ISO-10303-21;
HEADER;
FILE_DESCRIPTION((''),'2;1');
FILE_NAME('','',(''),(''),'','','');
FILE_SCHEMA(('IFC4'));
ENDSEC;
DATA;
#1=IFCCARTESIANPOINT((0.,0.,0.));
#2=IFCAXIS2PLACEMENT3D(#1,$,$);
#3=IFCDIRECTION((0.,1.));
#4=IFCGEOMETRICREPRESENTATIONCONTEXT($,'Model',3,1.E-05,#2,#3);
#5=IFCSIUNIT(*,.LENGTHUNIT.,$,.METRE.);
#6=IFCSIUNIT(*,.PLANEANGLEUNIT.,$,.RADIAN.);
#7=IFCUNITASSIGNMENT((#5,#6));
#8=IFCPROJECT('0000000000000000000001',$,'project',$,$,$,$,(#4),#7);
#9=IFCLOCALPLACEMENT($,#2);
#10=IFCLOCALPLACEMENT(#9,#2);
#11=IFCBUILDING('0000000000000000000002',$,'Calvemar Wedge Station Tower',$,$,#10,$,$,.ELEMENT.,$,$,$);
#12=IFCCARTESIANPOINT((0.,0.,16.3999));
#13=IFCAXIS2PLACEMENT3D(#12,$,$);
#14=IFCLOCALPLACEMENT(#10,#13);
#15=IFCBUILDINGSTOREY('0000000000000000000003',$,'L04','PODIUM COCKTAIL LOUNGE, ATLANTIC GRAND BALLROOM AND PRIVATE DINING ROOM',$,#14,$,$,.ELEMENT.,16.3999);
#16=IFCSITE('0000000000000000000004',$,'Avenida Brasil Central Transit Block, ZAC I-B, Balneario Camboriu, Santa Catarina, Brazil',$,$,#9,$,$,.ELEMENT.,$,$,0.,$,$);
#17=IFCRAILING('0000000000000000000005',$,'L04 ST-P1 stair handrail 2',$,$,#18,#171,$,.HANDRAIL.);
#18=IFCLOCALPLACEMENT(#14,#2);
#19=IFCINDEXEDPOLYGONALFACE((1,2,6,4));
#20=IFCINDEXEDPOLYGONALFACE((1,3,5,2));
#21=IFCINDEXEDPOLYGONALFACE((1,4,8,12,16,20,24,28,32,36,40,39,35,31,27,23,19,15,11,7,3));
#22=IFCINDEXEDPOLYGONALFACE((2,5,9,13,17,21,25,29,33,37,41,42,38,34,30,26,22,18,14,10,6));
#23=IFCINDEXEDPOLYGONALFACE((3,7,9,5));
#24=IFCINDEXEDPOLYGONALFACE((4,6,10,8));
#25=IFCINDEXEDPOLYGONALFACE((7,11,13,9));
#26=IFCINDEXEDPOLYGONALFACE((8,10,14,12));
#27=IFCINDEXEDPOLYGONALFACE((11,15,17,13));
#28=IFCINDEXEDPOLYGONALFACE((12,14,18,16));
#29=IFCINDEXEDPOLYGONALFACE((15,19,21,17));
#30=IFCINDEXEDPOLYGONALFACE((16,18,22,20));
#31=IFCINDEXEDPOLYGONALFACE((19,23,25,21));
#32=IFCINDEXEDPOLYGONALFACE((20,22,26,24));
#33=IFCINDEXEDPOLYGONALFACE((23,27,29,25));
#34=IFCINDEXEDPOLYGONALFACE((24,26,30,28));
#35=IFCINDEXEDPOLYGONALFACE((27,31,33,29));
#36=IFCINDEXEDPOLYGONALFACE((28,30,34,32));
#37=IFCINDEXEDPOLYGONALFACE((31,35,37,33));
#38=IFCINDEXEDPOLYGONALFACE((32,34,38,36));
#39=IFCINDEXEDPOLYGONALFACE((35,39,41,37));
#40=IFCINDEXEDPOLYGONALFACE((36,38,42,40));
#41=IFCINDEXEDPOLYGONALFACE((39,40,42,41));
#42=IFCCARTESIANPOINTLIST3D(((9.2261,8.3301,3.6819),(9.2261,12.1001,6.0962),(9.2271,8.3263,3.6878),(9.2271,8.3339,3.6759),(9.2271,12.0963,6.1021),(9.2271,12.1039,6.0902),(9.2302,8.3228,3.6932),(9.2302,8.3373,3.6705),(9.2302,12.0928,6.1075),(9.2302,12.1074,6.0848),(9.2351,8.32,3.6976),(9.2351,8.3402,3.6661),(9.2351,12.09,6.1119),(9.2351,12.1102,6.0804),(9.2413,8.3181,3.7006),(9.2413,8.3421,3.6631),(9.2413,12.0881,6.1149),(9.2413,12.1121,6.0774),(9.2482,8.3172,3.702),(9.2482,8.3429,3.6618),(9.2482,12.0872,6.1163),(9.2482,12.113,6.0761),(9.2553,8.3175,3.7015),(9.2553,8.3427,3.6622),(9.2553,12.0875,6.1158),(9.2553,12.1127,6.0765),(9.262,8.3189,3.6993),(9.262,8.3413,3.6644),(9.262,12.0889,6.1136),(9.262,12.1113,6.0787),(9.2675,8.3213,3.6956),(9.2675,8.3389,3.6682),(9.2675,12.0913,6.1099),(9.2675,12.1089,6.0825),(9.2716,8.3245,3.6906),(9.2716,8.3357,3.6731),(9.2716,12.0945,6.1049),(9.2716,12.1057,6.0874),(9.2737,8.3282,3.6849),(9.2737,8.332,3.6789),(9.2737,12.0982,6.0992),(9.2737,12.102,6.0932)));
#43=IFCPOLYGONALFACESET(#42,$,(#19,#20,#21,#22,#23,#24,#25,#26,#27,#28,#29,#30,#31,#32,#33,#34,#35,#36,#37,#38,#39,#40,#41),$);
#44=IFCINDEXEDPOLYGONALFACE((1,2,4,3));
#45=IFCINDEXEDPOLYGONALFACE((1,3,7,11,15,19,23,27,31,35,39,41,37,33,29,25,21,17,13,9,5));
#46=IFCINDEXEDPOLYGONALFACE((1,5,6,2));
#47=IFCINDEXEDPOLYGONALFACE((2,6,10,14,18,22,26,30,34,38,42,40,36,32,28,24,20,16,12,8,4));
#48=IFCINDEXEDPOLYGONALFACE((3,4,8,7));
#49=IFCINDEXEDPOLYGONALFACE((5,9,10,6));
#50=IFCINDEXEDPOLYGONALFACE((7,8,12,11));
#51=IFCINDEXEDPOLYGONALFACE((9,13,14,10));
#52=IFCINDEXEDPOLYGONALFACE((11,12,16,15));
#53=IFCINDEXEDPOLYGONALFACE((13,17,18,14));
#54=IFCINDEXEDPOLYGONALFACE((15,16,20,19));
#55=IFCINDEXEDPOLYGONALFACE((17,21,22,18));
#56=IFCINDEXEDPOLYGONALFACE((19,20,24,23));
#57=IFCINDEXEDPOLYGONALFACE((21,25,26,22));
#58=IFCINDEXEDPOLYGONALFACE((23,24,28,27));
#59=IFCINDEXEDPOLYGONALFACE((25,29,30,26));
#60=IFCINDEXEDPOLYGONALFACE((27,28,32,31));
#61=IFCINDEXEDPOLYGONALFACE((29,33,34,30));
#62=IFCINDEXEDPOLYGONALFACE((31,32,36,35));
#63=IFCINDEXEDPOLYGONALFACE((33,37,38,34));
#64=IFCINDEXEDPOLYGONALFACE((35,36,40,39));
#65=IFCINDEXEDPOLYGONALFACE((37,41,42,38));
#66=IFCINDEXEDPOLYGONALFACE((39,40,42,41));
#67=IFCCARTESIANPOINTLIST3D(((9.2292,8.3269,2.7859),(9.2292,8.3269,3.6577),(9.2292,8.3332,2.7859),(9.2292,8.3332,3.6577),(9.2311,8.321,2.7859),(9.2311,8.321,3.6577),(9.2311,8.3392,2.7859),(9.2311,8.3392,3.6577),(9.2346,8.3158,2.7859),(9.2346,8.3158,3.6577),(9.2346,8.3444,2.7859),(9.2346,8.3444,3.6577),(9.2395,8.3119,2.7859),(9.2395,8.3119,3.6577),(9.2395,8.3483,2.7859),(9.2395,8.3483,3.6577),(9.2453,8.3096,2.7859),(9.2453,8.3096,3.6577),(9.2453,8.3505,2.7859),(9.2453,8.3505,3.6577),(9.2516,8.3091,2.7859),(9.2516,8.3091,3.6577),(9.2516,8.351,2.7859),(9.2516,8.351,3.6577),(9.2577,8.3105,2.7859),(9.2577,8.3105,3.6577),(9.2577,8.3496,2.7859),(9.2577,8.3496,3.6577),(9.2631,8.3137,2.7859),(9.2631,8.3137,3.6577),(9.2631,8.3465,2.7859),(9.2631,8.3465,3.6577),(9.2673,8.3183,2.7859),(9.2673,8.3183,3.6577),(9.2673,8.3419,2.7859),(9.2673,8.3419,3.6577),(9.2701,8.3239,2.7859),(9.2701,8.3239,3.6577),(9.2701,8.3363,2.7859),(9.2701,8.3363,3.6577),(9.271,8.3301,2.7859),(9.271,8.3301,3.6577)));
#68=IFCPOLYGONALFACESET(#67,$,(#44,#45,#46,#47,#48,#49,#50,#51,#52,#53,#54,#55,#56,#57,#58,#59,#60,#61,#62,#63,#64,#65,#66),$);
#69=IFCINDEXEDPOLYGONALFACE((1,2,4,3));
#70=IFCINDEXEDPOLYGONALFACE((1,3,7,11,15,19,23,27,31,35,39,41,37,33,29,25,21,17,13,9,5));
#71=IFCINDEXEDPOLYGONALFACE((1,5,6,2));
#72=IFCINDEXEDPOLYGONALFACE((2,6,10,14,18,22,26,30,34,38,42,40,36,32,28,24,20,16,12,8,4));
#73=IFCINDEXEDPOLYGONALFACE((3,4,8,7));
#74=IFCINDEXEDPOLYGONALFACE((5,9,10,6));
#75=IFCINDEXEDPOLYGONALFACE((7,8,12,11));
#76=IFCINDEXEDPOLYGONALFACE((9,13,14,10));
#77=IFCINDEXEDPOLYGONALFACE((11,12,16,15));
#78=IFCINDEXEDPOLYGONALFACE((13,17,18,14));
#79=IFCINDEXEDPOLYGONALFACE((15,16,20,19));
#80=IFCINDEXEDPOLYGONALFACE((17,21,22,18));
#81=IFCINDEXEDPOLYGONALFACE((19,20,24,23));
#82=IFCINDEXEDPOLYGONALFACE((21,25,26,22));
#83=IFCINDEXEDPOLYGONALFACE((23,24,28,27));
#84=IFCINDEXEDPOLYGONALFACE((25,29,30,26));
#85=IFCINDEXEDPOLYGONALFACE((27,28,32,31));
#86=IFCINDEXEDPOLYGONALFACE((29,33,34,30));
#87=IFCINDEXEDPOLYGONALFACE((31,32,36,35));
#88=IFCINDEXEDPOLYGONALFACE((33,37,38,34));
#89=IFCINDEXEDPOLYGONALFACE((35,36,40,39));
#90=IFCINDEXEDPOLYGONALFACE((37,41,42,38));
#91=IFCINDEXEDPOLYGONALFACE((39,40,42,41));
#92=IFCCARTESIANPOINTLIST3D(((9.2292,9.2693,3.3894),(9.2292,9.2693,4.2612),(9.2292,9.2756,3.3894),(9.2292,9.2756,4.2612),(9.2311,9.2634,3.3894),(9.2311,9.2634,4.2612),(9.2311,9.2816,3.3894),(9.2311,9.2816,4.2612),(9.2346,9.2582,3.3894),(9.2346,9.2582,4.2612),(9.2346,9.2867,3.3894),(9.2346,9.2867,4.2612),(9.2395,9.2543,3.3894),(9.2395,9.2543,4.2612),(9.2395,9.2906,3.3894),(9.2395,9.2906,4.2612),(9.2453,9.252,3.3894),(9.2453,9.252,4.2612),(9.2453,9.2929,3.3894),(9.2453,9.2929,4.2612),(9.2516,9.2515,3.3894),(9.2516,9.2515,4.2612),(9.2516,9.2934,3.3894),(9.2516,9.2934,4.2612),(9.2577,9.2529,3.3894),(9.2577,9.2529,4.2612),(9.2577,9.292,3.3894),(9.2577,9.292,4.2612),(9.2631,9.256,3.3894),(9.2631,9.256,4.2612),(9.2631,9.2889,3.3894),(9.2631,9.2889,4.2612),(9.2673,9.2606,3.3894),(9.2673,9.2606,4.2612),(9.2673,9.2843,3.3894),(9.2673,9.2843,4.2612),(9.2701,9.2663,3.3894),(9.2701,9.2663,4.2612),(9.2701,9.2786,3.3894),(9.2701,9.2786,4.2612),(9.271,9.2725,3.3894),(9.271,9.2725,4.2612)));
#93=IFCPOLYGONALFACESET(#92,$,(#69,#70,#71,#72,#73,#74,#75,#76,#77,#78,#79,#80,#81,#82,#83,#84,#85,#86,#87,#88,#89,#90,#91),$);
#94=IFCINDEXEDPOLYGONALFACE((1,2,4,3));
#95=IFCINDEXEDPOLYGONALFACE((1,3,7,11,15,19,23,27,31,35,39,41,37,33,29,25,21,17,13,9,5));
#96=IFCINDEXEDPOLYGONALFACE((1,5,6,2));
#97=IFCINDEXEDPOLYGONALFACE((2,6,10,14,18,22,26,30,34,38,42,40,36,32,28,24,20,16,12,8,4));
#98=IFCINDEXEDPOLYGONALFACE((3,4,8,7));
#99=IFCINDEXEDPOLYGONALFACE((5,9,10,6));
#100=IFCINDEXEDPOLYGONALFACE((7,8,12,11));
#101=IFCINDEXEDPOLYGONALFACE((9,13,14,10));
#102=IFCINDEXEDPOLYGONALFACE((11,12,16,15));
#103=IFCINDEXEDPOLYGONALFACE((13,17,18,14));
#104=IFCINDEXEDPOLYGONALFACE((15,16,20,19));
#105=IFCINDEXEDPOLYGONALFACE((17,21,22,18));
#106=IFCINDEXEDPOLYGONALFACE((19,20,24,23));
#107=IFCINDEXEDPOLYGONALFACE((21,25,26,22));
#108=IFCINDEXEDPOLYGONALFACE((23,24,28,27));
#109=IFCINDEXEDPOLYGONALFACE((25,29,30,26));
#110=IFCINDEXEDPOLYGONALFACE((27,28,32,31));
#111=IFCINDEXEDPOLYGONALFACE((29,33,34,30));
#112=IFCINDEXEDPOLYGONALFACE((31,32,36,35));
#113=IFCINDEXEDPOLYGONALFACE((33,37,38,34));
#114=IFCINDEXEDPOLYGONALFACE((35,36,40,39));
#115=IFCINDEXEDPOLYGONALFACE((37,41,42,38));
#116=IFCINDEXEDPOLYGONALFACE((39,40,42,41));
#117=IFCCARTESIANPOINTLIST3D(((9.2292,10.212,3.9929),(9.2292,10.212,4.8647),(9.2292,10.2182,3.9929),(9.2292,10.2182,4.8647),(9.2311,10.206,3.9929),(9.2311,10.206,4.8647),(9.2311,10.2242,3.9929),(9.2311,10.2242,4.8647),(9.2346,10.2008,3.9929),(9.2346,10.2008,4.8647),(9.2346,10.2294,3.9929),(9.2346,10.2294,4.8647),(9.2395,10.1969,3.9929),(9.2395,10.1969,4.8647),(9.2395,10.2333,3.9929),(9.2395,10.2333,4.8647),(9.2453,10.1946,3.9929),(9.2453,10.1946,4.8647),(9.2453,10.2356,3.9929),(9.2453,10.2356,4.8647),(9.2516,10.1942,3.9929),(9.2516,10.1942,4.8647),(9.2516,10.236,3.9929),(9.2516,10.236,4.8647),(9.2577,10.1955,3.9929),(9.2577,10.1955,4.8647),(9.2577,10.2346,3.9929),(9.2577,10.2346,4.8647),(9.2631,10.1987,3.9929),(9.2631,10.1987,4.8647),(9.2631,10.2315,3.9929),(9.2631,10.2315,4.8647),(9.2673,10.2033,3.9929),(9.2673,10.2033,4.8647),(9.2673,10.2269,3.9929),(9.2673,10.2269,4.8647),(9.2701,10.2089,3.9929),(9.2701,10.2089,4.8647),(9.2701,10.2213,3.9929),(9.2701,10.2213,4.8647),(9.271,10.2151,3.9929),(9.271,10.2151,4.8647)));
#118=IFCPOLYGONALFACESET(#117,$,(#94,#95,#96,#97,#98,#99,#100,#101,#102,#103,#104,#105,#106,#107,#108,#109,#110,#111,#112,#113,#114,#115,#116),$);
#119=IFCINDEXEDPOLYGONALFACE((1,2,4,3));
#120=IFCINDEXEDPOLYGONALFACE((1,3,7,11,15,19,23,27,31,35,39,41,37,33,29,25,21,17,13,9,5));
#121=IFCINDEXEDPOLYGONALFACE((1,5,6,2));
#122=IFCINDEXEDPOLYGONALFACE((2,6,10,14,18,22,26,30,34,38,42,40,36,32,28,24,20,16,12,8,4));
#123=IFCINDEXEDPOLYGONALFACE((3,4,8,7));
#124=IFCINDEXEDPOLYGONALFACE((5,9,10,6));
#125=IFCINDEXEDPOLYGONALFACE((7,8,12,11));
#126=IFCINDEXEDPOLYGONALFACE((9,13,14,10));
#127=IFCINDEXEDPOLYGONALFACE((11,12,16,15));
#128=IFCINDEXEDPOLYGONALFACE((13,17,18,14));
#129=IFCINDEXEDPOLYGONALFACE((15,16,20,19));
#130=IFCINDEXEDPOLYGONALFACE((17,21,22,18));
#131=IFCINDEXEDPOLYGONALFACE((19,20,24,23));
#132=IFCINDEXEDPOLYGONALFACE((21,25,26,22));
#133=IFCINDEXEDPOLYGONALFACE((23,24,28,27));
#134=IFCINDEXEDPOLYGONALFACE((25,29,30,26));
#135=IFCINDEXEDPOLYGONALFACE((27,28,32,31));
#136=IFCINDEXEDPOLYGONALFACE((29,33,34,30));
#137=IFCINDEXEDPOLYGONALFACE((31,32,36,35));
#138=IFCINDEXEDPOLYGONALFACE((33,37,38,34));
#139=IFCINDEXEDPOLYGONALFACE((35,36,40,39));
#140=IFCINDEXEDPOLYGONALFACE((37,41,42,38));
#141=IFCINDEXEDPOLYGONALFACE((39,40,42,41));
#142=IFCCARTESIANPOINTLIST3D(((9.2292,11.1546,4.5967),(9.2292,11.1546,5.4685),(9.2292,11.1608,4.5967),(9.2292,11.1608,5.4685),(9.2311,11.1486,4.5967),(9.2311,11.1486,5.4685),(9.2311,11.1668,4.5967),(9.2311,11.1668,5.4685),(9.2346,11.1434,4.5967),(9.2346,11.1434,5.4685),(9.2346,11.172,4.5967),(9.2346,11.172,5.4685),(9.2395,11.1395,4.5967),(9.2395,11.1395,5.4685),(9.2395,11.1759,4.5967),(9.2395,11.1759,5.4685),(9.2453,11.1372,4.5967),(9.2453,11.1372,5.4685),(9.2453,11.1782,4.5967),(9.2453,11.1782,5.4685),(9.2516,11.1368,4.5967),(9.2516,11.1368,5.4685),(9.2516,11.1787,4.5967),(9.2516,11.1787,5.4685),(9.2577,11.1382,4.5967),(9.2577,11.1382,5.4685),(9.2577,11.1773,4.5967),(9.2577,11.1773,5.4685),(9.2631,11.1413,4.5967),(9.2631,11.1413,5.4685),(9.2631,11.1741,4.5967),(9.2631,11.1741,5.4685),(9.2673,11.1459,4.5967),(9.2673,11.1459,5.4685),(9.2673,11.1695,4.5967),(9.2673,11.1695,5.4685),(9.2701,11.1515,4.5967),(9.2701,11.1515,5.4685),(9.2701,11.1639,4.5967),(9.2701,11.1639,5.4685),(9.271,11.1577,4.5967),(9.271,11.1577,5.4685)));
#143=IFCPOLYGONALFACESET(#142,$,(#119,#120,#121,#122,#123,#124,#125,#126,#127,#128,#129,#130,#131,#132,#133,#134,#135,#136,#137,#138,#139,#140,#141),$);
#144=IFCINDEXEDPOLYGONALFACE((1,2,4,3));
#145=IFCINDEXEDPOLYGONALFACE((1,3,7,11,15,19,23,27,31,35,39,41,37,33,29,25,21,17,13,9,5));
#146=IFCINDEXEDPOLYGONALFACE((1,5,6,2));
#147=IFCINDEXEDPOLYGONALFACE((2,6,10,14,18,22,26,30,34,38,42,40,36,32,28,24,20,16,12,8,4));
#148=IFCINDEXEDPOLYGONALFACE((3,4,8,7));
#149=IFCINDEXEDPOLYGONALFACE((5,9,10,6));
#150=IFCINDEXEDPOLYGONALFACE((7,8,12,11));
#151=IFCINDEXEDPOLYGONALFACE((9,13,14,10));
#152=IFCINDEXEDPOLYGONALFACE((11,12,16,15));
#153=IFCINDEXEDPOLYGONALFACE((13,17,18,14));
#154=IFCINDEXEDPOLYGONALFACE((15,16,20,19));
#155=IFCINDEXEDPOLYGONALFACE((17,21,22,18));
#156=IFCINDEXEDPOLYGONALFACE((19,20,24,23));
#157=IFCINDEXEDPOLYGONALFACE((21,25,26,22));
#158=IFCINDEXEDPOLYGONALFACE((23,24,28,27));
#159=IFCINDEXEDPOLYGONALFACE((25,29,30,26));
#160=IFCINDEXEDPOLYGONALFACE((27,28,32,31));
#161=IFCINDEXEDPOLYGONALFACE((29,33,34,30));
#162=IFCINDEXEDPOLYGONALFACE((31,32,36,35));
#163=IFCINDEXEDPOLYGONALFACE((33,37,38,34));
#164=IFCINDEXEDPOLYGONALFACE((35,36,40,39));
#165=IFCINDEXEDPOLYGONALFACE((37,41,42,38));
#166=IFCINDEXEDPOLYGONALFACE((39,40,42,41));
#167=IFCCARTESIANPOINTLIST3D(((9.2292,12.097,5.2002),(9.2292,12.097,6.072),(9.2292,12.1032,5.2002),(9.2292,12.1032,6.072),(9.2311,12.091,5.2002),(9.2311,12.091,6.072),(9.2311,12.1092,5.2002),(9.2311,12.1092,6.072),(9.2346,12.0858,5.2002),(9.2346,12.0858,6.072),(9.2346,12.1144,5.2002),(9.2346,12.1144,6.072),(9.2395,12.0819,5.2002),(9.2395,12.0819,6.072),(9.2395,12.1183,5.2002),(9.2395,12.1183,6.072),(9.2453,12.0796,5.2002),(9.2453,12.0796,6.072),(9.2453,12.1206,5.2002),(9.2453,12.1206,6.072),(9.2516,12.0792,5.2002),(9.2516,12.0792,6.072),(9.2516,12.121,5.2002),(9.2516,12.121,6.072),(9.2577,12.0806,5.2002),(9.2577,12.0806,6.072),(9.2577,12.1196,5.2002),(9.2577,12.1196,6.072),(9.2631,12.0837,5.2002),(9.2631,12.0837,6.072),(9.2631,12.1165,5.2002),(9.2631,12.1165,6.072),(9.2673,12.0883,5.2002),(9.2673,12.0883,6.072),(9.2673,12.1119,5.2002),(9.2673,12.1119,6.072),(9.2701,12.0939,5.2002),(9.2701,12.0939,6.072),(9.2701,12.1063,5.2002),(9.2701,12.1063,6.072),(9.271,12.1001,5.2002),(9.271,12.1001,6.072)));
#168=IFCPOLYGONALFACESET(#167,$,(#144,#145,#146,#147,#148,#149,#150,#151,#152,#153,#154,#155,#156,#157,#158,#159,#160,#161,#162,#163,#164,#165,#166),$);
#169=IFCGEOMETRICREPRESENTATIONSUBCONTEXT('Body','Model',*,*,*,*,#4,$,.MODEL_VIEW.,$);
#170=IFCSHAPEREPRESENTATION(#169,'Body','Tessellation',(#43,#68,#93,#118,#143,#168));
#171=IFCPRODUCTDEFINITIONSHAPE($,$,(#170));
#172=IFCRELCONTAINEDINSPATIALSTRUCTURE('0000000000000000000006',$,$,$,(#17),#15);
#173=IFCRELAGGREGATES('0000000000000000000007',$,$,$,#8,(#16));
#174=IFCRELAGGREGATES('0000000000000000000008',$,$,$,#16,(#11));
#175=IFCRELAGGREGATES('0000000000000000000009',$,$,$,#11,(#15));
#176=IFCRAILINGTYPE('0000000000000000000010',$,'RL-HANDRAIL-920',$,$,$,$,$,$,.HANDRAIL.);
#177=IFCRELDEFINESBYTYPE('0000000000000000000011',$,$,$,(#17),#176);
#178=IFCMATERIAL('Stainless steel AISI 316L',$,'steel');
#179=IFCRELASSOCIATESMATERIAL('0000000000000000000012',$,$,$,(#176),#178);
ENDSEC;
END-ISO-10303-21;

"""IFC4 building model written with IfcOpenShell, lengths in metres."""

from ifc_helpers import new_model, si_unit, direction, frame, origin, origin_2d, place, context, subcontext, project, spatial, circle, extrude, material, type_object, element, save


model = new_model("IFC4")

# Units and contexts
model_context = context("Model", 3, precision=1e-05, world=origin(), true_north=direction((0.0, 1.0)))
body_context = subcontext(model_context, "Body", "Model", "MODEL_VIEW")
ifc_project = project(units=[si_unit("LENGTHUNIT", "METRE"), si_unit("PLANEANGLEUNIT", "RADIAN")], contexts=[model_context])

# Site, building, storey
site_placement = place(None, origin())
site = spatial("IfcSite", under=ifc_project, at=site_placement, Name="Avenida Brasil Central Transit Block, ZAC I-B, Balneario Camboriu, Santa Catarina, Brazil", CompositionType="ELEMENT", RefElevation=0.0)
building_placement = place(site_placement, origin())
building = spatial("IfcBuilding", under=site, at=building_placement, Name="Calvemar Wedge Station Tower", CompositionType="ELEMENT")
storey_placement = place(building_placement, frame((0.0, 0.0, 16.3999)))
storey = spatial("IfcBuildingStorey", under=building, at=storey_placement, Name="L04", Description="PODIUM COCKTAIL LOUNGE, ATLANTIC GRAND BALLROOM AND PRIVATE DINING ROOM", CompositionType="ELEMENT", Elevation=16.3999)

# Railing
ifc_material_1 = material(Name="Stainless steel AISI 316L", Category="steel")
railing_type_1 = type_object("IfcRailingType", Name="RL-HANDRAIL-920", PredefinedType="HANDRAIL", material=ifc_material_1)
railing_1_placement = place(storey_placement, frame((9.25, 8.3301, 2.7859)))
element("IfcRailing", 1, at=railing_1_placement, inside=storey, type_object=railing_type_1, Name="L04 ST-P1 stair handrail 2", PredefinedType="HANDRAIL", context=body_context, shape_type="SweptSolid", body=[
    extrude(circle(Radius=0.0239, at=origin_2d()), frame((0.0, 0.0, 0.896), z_axis=(0.0, 0.84212, 0.53929), x_axis=(-1.0, 0.0, 0.0)), (0.0, 0.0, 1.0), 4.4768),
    extrude(circle(Radius=0.021, at=origin_2d()), origin(), (0.0, 0.0, 1.0), 0.8718),
    extrude(circle(Radius=0.021, at=origin_2d()), frame((0.0, 0.9424, 0.6035)), (0.0, 0.0, 1.0), 0.8718),
    extrude(circle(Radius=0.021, at=origin_2d()), frame((0.0, 1.885, 1.207)), (0.0, 0.0, 1.0), 0.8718),
    extrude(circle(Radius=0.021, at=origin_2d()), frame((0.0, 2.8276, 1.8108)), (0.0, 0.0, 1.0), 0.8718),
    extrude(circle(Radius=0.021, at=origin_2d()), frame((0.0, 3.77, 2.4143)), (0.0, 0.0, 1.0), 0.8718),
])

save(model, "model.ifc")
